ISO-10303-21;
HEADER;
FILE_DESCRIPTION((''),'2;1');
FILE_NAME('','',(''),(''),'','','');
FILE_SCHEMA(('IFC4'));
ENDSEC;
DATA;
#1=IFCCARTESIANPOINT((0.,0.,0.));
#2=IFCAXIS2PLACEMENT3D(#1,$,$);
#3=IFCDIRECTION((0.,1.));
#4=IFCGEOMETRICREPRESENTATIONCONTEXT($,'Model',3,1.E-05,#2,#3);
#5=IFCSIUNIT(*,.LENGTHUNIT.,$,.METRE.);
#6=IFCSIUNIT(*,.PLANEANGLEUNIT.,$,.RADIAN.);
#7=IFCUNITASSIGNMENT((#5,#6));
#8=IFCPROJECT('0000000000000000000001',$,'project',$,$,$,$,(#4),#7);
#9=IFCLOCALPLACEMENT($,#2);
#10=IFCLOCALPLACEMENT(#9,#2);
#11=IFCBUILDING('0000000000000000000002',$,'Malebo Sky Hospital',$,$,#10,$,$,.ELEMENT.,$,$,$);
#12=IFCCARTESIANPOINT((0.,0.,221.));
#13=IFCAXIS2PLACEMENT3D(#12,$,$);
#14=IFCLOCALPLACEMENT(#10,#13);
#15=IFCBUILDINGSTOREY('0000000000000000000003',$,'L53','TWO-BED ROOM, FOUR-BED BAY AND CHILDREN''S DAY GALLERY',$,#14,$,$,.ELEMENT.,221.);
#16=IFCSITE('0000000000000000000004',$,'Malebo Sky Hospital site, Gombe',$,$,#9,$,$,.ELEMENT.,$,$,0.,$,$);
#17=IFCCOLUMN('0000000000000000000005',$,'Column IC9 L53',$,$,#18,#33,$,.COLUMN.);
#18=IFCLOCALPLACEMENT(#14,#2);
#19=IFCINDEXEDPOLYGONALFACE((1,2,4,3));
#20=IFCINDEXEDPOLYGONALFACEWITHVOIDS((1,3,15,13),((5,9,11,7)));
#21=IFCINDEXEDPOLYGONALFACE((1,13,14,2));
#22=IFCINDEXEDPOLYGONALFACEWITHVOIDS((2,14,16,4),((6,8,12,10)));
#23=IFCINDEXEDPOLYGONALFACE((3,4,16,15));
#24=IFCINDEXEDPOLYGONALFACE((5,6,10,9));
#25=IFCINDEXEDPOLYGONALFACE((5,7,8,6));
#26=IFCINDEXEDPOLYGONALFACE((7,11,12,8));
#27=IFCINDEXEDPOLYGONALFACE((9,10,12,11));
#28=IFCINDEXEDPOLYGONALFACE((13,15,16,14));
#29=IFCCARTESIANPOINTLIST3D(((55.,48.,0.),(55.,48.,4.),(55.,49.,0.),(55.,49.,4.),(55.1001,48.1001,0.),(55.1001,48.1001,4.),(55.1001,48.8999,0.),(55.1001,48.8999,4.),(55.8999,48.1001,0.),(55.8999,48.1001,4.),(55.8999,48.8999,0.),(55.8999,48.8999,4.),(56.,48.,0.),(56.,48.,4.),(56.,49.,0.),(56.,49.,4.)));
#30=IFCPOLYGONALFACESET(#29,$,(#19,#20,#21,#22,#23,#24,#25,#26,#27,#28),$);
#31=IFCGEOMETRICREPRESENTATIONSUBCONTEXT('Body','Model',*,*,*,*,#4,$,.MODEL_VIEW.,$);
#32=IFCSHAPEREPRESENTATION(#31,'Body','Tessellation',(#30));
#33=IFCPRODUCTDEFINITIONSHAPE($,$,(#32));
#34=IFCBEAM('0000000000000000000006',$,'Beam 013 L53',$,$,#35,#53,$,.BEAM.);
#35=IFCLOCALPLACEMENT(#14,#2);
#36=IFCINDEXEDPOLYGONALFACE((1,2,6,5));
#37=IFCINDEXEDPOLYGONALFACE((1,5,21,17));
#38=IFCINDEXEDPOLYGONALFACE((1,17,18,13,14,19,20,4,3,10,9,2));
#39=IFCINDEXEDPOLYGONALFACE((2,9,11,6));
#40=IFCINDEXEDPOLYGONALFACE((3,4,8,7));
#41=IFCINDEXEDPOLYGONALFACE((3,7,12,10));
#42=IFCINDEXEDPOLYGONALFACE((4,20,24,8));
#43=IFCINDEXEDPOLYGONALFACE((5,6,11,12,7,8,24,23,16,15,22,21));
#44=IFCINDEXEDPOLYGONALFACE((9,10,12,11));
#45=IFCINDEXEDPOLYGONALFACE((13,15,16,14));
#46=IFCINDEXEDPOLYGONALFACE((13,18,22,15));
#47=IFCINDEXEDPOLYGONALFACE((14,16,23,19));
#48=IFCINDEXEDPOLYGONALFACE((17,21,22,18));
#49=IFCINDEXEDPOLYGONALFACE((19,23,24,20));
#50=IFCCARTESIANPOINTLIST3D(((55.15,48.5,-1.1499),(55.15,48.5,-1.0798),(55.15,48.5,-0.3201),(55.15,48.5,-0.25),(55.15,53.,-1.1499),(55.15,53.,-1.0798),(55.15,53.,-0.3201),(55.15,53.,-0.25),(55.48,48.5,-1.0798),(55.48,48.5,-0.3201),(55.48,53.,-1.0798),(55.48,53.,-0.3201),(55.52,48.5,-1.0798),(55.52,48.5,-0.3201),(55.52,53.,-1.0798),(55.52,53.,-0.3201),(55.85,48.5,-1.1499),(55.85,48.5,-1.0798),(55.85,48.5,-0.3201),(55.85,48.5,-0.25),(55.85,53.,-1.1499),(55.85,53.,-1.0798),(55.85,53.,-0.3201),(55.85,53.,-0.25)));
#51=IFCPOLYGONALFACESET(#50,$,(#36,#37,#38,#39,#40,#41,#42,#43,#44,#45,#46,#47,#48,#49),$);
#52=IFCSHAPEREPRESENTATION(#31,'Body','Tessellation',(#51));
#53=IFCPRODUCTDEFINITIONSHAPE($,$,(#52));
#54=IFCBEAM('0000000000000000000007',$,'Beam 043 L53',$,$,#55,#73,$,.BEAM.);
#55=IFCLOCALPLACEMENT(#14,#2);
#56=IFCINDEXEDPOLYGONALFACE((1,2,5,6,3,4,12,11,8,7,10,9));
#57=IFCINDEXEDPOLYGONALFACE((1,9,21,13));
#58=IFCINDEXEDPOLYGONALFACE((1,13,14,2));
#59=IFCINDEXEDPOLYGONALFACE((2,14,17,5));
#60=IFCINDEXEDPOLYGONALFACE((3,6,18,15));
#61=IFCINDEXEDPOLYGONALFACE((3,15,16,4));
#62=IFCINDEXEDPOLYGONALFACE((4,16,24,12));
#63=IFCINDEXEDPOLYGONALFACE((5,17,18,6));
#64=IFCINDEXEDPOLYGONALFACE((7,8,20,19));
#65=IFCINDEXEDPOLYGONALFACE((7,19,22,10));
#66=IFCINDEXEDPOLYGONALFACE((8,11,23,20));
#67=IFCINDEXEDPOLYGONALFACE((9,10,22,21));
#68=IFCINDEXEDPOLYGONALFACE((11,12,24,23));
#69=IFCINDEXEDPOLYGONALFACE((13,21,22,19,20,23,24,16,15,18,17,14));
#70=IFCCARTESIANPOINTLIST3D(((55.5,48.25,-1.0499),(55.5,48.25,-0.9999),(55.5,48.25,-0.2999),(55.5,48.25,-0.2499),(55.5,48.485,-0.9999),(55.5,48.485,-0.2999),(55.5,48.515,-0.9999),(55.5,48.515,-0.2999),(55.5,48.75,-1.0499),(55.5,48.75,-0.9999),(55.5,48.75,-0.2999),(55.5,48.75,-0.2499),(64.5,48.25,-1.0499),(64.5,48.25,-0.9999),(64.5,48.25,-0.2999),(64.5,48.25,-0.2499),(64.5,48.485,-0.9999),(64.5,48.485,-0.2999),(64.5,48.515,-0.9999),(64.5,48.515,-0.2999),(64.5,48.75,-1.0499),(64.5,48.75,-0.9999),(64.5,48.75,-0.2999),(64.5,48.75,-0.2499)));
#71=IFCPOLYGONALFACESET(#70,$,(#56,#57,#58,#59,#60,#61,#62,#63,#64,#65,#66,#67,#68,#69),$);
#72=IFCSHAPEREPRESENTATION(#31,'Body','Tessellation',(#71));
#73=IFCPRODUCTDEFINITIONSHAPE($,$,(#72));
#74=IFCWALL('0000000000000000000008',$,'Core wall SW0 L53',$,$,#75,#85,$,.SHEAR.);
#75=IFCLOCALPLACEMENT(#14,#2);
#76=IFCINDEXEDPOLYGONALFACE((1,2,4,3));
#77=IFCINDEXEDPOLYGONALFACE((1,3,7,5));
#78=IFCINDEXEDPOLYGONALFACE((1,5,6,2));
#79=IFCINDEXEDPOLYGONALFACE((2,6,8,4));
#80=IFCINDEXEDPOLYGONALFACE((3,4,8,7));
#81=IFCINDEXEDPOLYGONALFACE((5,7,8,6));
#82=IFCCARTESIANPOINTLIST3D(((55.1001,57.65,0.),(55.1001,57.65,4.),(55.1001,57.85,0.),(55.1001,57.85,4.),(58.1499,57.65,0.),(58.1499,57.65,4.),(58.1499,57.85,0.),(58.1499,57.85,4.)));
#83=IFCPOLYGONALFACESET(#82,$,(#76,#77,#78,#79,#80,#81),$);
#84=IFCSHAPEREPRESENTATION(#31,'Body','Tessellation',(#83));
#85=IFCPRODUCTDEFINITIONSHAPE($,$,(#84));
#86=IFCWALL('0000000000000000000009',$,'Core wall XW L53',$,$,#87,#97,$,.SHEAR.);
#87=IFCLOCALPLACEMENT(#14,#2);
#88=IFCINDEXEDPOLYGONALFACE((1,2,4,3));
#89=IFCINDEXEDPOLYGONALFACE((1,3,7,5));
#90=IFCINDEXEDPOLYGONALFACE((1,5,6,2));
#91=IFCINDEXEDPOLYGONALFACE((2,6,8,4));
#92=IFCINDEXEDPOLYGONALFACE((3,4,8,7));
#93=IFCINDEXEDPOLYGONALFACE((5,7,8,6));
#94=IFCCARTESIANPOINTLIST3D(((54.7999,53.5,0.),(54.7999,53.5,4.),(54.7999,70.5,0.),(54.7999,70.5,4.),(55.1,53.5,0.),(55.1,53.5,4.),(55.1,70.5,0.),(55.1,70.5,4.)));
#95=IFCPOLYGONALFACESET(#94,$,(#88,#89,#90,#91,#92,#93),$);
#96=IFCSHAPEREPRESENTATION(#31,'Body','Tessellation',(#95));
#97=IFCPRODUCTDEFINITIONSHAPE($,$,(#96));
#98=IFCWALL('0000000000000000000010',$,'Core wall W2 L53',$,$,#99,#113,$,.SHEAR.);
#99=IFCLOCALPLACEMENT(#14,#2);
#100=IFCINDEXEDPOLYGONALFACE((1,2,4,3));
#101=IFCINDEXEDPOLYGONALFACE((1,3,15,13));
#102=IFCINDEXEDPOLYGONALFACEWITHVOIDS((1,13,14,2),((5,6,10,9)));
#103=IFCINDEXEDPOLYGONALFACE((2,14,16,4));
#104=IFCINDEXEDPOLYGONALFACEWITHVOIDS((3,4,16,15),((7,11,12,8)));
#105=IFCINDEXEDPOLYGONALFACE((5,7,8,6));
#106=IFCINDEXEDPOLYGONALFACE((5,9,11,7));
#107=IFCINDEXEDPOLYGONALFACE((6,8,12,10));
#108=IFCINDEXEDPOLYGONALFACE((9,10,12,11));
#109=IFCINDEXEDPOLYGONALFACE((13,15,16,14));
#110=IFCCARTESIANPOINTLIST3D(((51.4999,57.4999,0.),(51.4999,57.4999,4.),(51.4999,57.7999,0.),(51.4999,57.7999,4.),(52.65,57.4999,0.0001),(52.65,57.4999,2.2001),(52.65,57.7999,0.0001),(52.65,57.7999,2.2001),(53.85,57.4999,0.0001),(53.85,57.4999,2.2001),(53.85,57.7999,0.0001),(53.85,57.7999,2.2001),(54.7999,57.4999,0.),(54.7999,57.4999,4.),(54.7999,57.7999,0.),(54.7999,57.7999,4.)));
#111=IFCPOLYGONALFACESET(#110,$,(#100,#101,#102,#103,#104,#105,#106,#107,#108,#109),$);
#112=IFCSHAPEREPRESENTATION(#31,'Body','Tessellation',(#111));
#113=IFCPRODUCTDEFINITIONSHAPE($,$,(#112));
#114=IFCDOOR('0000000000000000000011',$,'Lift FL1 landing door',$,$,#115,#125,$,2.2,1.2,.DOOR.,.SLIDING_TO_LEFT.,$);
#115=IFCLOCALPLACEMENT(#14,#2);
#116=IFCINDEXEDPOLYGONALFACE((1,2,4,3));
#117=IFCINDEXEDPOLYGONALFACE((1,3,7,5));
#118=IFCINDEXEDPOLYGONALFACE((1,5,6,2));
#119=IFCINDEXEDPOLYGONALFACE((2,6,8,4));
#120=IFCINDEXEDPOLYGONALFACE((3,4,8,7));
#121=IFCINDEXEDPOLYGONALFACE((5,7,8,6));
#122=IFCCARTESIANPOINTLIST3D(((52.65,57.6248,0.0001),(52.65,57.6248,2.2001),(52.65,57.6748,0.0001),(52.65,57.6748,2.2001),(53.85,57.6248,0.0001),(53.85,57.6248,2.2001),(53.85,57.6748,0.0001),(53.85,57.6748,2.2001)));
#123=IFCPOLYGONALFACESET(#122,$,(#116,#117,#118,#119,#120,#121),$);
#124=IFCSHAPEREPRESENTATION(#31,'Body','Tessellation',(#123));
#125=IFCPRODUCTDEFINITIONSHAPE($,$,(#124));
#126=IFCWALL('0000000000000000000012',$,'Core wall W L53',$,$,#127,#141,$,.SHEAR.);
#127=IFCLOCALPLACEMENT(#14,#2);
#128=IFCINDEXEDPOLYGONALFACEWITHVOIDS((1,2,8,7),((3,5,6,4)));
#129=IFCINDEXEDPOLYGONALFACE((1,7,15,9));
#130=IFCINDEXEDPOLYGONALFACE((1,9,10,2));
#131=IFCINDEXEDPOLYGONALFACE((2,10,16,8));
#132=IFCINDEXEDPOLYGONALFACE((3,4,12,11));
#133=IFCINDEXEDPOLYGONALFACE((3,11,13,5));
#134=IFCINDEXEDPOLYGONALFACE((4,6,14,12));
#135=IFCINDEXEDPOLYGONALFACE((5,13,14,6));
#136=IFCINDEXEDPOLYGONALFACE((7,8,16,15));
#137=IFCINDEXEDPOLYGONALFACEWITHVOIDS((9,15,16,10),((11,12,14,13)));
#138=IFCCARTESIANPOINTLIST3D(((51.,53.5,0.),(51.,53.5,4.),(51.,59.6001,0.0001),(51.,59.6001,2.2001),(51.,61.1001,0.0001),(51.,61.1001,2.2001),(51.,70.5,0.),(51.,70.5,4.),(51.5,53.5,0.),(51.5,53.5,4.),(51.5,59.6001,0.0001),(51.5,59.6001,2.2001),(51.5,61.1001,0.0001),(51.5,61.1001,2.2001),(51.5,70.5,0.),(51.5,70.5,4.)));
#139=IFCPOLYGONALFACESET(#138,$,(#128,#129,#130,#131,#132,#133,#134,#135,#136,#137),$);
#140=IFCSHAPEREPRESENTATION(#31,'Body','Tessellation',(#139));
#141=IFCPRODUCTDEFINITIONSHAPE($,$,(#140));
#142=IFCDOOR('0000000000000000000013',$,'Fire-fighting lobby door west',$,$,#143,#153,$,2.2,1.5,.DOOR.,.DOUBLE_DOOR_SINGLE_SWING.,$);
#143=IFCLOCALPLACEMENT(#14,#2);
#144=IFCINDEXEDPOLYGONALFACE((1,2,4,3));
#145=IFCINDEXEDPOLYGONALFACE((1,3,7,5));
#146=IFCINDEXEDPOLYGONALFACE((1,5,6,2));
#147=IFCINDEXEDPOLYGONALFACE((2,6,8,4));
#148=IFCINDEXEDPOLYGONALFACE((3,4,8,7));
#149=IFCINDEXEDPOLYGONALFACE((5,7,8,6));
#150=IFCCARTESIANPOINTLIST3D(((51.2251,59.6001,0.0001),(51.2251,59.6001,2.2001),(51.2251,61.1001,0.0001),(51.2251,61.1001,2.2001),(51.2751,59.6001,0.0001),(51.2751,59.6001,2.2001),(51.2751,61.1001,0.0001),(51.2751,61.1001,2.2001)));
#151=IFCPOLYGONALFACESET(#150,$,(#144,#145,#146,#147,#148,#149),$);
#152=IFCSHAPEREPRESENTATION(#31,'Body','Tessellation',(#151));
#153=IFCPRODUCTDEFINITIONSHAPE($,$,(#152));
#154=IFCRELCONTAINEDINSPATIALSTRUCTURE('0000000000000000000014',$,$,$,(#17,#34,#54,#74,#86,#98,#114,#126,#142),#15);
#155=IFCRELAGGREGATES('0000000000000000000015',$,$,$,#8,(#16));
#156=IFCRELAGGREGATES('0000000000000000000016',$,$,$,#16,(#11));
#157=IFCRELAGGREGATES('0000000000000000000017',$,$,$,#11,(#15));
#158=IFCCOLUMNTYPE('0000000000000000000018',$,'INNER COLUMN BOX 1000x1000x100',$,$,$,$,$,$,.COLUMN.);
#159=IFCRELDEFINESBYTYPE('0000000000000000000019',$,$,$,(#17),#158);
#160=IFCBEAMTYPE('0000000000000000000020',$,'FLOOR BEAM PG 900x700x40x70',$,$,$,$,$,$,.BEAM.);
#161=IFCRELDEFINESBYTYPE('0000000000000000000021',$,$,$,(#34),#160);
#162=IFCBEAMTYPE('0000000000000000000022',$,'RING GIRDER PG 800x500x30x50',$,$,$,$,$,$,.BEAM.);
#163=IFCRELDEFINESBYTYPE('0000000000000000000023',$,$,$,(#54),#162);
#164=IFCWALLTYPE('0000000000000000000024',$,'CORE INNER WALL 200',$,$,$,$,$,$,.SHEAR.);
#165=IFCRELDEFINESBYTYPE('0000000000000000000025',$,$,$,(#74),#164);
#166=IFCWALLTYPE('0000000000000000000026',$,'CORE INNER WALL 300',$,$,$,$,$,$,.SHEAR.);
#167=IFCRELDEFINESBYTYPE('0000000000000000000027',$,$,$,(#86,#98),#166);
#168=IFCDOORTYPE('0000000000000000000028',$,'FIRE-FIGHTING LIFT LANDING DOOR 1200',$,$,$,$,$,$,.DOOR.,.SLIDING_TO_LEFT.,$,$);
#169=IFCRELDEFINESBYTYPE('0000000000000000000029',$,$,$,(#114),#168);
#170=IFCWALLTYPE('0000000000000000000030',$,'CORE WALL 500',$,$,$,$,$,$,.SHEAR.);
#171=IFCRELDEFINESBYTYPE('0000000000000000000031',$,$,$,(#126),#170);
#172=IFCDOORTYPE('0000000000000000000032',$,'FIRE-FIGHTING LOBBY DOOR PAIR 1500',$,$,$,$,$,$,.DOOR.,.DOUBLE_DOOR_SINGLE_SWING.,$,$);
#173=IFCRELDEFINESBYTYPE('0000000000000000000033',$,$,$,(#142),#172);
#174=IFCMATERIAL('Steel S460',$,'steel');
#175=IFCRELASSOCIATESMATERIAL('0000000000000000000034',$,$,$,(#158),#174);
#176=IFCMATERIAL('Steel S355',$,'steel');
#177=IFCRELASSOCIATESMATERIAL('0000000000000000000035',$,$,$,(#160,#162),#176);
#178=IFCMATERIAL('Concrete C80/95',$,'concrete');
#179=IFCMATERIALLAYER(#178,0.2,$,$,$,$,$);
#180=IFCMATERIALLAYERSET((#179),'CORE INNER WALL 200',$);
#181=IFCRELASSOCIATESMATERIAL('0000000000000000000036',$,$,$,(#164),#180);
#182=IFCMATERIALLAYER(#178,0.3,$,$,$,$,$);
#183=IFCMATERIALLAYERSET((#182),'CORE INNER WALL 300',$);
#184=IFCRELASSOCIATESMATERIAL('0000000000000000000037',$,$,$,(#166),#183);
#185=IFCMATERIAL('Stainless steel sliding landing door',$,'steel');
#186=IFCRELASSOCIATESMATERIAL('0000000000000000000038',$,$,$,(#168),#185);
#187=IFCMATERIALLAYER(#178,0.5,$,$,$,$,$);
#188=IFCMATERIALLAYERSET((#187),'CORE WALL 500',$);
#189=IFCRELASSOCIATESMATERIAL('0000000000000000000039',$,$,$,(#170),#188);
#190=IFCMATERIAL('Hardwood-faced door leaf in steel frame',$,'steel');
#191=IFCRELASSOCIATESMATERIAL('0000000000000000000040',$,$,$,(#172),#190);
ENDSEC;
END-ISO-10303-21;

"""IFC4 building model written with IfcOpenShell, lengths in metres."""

from ifc_helpers import new_model, si_unit, direction, frame, frame_2d, origin, origin_2d, place, context, subcontext, project, spatial, rectangle, hollow_rectangle, i_section, extrude, material, layer, layer_set, material_profile, profile_set, type_object, element, fill, save


model = new_model("IFC4")

# Units and contexts
model_context = context("Model", 3, precision=1e-05, world=origin(), true_north=direction((0.0, 1.0)))
body_context = subcontext(model_context, "Body", "Model", "MODEL_VIEW")
ifc_project = project(units=[si_unit("LENGTHUNIT", "METRE"), si_unit("PLANEANGLEUNIT", "RADIAN")], contexts=[model_context])

# Site, building, storey
site_placement = place(None, origin())
site = spatial("IfcSite", under=ifc_project, at=site_placement, Name="Malebo Sky Hospital site, Gombe", CompositionType="ELEMENT", RefElevation=0.0)
building_placement = place(site_placement, origin())
building = spatial("IfcBuilding", under=site, at=building_placement, Name="Malebo Sky Hospital", CompositionType="ELEMENT")
storey_placement = place(building_placement, frame((0.0, 0.0, 221.0)))
storey = spatial("IfcBuildingStorey", under=building, at=storey_placement, Name="L53", Description="TWO-BED ROOM, FOUR-BED BAY AND CHILDREN'S DAY GALLERY", CompositionType="ELEMENT", Elevation=221.0)

# Column
ifc_material_1 = material(Name="Steel S460", Category="steel")
ifc_material_profile_1 = material_profile(ifc_material_1, hollow_rectangle(XDim=1.0, YDim=1.0, WallThickness=0.1001, at=origin_2d()), Name="BOX 1000x1000x100")
ifc_profile_set_1 = profile_set([ifc_material_profile_1], Name="Steel S460")
column_type = type_object("IfcColumnType", Name="INNER COLUMN BOX 1000x1000x100", PredefinedType="COLUMN", material=ifc_profile_set_1)
column_placement = place(storey_placement, frame((55.5, 48.5, 0.0), z_axis=(0.0, 0.0, 1.0), x_axis=(1.0, 0.0, 0.0)))
element("IfcColumn", 1, at=column_placement, inside=storey, type_object=column_type, Name="Column IC9 L53", PredefinedType="COLUMN", context=body_context, shape_type="SweptSolid", body=[
    extrude(hollow_rectangle(XDim=1.0, YDim=1.0, WallThickness=0.1001, at=origin_2d()), origin(), (0.0, 0.0, 1.0), 4.0),
])

# Beams
ifc_material_2 = material(Name="Steel S355", Category="steel")
ifc_material_profile_2 = material_profile(ifc_material_2, i_section(OverallWidth=0.7, OverallDepth=0.8999, WebThickness=0.04, FlangeThickness=0.0701, at=origin_2d()), Name="PG 900x700x40x70")
ifc_profile_set_2 = profile_set([ifc_material_profile_2], Name="Steel S355")
beam_type_1 = type_object("IfcBeamType", Name="FLOOR BEAM PG 900x700x40x70", PredefinedType="BEAM", material=ifc_profile_set_2)
beam_1_placement = place(storey_placement, frame((55.5, 48.5, -0.7), z_axis=(0.0, 1.0, 0.0), x_axis=(-1.0, 0.0, 0.0)))
element("IfcBeam", 2, at=beam_1_placement, inside=storey, type_object=beam_type_1, Name="Beam 013 L53", PredefinedType="BEAM", context=body_context, shape_type="SweptSolid", body=[
    extrude(i_section(OverallWidth=0.7, OverallDepth=0.8999, WebThickness=0.04, FlangeThickness=0.0701, at=origin_2d()), origin(), (0.0, 0.0, 1.0), 4.5),
])
ifc_material_profile_3 = material_profile(ifc_material_2, i_section(OverallWidth=0.5, OverallDepth=0.8, WebThickness=0.03, FlangeThickness=0.05, at=origin_2d()), Name="PG 800x500x30x50")
ifc_profile_set_3 = profile_set([ifc_material_profile_3], Name="Steel S355")
beam_type_2 = type_object("IfcBeamType", Name="RING GIRDER PG 800x500x30x50", PredefinedType="BEAM", material=ifc_profile_set_3)
beam_2_placement = place(storey_placement, frame((55.5, 48.5, -0.6499), z_axis=(1.0, 0.0, 0.0), x_axis=(0.0, 1.0, 0.0)))
element("IfcBeam", 3, at=beam_2_placement, inside=storey, type_object=beam_type_2, Name="Beam 043 L53", PredefinedType="BEAM", context=body_context, shape_type="SweptSolid", body=[
    extrude(i_section(OverallWidth=0.5, OverallDepth=0.8, WebThickness=0.03, FlangeThickness=0.05, at=origin_2d()), origin(), (0.0, 0.0, 1.0), 9.0),
])

# Walls
ifc_material_3 = material(Name="Concrete C80/95", Category="concrete")
ifc_layer_1 = layer(ifc_material_3, 0.2)
ifc_layer_set_1 = layer_set([ifc_layer_1], Name="CORE INNER WALL 200")
wall_type_1 = type_object("IfcWallType", Name="CORE INNER WALL 200", PredefinedType="SHEAR", material=ifc_layer_set_1)
wall_1_placement = place(storey_placement, frame((55.1001, 57.75, 0.0), z_axis=(0.0, 0.0, 1.0), x_axis=(1.0, 0.0, 0.0)))
element("IfcWall", 4, at=wall_1_placement, inside=storey, type_object=wall_type_1, Name="Core wall SW0 L53", PredefinedType="SHEAR", context=body_context, shape_type="SweptSolid", body=[
    extrude(rectangle(XDim=3.0498, YDim=0.2, at=frame_2d((1.5249, 0.0))), origin(), (0.0, 0.0, 1.0), 4.0),
])
ifc_layer_2 = layer(ifc_material_3, 0.3)
ifc_layer_set_2 = layer_set([ifc_layer_2], Name="CORE INNER WALL 300")
wall_type_2 = type_object("IfcWallType", Name="CORE INNER WALL 300", PredefinedType="SHEAR", material=ifc_layer_set_2)
wall_2_placement = place(storey_placement, frame((54.95, 53.5, 0.0), z_axis=(0.0, 0.0, 1.0), x_axis=(0.0, 1.0, 0.0)))
element("IfcWall", 5, at=wall_2_placement, inside=storey, type_object=wall_type_2, Name="Core wall XW L53", PredefinedType="SHEAR", context=body_context, shape_type="SweptSolid", body=[
    extrude(rectangle(XDim=17.0, YDim=0.3, at=frame_2d((8.5, 0.0))), origin(), (0.0, 0.0, 1.0), 4.0),
])

# Walls, openings, doors
wall_3_placement = place(storey_placement, frame((51.5, 57.6499, 0.0), z_axis=(0.0, 0.0, 1.0), x_axis=(1.0, 0.0, 0.0)))
wall_3 = element("IfcWall", 6, at=wall_3_placement, inside=storey, type_object=wall_type_2, Name="Core wall W2 L53", PredefinedType="SHEAR", context=body_context, shape_type="SweptSolid", body=[
    extrude(rectangle(XDim=3.3, YDim=0.3, at=frame_2d((1.6499, 0.0))), origin(), (0.0, 0.0, 1.0), 4.0),
])
opening_1_placement = place(wall_3_placement, frame((1.1499, 0.0, 0.0)))
opening_1 = element("IfcOpeningElement", 7, at=opening_1_placement, cuts=wall_3, PredefinedType="OPENING", context=body_context, shape_type="SweptSolid", body=[
    extrude(rectangle(XDim=1.2, YDim=2.2, at=frame_2d((0.6001, 1.1001))), frame((0.0, 0.1599, 0.0), z_axis=(0.0, -1.0, 0.0), x_axis=(1.0, 0.0, 0.0)), (0.0, 0.0, 1.0), 0.3201),
])
ifc_material_4 = material(Name="Stainless steel sliding landing door", Category="steel")
door_type_1 = type_object("IfcDoorType", Name="FIRE-FIGHTING LIFT LANDING DOOR 1200", OperationType="SLIDING_TO_LEFT", PredefinedType="DOOR", material=ifc_material_4)
door_1_placement = place(opening_1_placement, origin())
door_1 = element("IfcDoor", 8, at=door_1_placement, inside=storey, type_object=door_type_1, Name="Lift FL1 landing door", OperationType="SLIDING_TO_LEFT", OverallHeight=2.2, OverallWidth=1.2, PredefinedType="DOOR", context=body_context, shape_type="SweptSolid", body=[
    extrude(rectangle(XDim=1.2, YDim=2.2, at=frame_2d((0.6001, 1.1001))), frame((0.0, 0.0249, 0.0), z_axis=(0.0, -1.0, 0.0), x_axis=(1.0, 0.0, 0.0)), (0.0, 0.0, 1.0), 0.05),
])
fill(opening_1, door_1)
ifc_layer_3 = layer(ifc_material_3, 0.5)
ifc_layer_set_3 = layer_set([ifc_layer_3], Name="CORE WALL 500")
wall_type_3 = type_object("IfcWallType", Name="CORE WALL 500", PredefinedType="SHEAR", material=ifc_layer_set_3)
wall_4_placement = place(storey_placement, frame((51.25, 53.5, 0.0), z_axis=(0.0, 0.0, 1.0), x_axis=(0.0, 1.0, 0.0)))
wall_4 = element("IfcWall", 9, at=wall_4_placement, inside=storey, type_object=wall_type_3, Name="Core wall W L53", PredefinedType="SHEAR", context=body_context, shape_type="SweptSolid", body=[
    extrude(rectangle(XDim=17.0, YDim=0.5, at=frame_2d((8.5, 0.0))), origin(), (0.0, 0.0, 1.0), 4.0),
])
opening_2_placement = place(wall_4_placement, frame((6.1001, 0.0, 0.0)))
opening_2 = element("IfcOpeningElement", 10, at=opening_2_placement, cuts=wall_4, PredefinedType="OPENING", context=body_context, shape_type="SweptSolid", body=[
    extrude(rectangle(XDim=1.5, YDim=2.2, at=frame_2d((0.75, 1.1001))), frame((0.0, 0.26, 0.0), z_axis=(0.0, -1.0, 0.0), x_axis=(1.0, 0.0, 0.0)), (0.0, 0.0, 1.0), 0.52),
])
ifc_material_5 = material(Name="Hardwood-faced door leaf in steel frame", Category="steel")
door_type_2 = type_object("IfcDoorType", Name="FIRE-FIGHTING LOBBY DOOR PAIR 1500", OperationType="DOUBLE_DOOR_SINGLE_SWING", PredefinedType="DOOR", material=ifc_material_5)
door_2_placement = place(opening_2_placement, origin())
door_2 = element("IfcDoor", 11, at=door_2_placement, inside=storey, type_object=door_type_2, Name="Fire-fighting lobby door west", OperationType="DOUBLE_DOOR_SINGLE_SWING", OverallHeight=2.2, OverallWidth=1.5, PredefinedType="DOOR", context=body_context, shape_type="SweptSolid", body=[
    extrude(rectangle(XDim=1.5, YDim=2.2, at=frame_2d((0.75, 1.1001))), frame((0.0, 0.0249, 0.0), z_axis=(0.0, -1.0, 0.0), x_axis=(1.0, 0.0, 0.0)), (0.0, 0.0, 1.0), 0.05),
])
fill(opening_2, door_2)

save(model, "model.ifc")
